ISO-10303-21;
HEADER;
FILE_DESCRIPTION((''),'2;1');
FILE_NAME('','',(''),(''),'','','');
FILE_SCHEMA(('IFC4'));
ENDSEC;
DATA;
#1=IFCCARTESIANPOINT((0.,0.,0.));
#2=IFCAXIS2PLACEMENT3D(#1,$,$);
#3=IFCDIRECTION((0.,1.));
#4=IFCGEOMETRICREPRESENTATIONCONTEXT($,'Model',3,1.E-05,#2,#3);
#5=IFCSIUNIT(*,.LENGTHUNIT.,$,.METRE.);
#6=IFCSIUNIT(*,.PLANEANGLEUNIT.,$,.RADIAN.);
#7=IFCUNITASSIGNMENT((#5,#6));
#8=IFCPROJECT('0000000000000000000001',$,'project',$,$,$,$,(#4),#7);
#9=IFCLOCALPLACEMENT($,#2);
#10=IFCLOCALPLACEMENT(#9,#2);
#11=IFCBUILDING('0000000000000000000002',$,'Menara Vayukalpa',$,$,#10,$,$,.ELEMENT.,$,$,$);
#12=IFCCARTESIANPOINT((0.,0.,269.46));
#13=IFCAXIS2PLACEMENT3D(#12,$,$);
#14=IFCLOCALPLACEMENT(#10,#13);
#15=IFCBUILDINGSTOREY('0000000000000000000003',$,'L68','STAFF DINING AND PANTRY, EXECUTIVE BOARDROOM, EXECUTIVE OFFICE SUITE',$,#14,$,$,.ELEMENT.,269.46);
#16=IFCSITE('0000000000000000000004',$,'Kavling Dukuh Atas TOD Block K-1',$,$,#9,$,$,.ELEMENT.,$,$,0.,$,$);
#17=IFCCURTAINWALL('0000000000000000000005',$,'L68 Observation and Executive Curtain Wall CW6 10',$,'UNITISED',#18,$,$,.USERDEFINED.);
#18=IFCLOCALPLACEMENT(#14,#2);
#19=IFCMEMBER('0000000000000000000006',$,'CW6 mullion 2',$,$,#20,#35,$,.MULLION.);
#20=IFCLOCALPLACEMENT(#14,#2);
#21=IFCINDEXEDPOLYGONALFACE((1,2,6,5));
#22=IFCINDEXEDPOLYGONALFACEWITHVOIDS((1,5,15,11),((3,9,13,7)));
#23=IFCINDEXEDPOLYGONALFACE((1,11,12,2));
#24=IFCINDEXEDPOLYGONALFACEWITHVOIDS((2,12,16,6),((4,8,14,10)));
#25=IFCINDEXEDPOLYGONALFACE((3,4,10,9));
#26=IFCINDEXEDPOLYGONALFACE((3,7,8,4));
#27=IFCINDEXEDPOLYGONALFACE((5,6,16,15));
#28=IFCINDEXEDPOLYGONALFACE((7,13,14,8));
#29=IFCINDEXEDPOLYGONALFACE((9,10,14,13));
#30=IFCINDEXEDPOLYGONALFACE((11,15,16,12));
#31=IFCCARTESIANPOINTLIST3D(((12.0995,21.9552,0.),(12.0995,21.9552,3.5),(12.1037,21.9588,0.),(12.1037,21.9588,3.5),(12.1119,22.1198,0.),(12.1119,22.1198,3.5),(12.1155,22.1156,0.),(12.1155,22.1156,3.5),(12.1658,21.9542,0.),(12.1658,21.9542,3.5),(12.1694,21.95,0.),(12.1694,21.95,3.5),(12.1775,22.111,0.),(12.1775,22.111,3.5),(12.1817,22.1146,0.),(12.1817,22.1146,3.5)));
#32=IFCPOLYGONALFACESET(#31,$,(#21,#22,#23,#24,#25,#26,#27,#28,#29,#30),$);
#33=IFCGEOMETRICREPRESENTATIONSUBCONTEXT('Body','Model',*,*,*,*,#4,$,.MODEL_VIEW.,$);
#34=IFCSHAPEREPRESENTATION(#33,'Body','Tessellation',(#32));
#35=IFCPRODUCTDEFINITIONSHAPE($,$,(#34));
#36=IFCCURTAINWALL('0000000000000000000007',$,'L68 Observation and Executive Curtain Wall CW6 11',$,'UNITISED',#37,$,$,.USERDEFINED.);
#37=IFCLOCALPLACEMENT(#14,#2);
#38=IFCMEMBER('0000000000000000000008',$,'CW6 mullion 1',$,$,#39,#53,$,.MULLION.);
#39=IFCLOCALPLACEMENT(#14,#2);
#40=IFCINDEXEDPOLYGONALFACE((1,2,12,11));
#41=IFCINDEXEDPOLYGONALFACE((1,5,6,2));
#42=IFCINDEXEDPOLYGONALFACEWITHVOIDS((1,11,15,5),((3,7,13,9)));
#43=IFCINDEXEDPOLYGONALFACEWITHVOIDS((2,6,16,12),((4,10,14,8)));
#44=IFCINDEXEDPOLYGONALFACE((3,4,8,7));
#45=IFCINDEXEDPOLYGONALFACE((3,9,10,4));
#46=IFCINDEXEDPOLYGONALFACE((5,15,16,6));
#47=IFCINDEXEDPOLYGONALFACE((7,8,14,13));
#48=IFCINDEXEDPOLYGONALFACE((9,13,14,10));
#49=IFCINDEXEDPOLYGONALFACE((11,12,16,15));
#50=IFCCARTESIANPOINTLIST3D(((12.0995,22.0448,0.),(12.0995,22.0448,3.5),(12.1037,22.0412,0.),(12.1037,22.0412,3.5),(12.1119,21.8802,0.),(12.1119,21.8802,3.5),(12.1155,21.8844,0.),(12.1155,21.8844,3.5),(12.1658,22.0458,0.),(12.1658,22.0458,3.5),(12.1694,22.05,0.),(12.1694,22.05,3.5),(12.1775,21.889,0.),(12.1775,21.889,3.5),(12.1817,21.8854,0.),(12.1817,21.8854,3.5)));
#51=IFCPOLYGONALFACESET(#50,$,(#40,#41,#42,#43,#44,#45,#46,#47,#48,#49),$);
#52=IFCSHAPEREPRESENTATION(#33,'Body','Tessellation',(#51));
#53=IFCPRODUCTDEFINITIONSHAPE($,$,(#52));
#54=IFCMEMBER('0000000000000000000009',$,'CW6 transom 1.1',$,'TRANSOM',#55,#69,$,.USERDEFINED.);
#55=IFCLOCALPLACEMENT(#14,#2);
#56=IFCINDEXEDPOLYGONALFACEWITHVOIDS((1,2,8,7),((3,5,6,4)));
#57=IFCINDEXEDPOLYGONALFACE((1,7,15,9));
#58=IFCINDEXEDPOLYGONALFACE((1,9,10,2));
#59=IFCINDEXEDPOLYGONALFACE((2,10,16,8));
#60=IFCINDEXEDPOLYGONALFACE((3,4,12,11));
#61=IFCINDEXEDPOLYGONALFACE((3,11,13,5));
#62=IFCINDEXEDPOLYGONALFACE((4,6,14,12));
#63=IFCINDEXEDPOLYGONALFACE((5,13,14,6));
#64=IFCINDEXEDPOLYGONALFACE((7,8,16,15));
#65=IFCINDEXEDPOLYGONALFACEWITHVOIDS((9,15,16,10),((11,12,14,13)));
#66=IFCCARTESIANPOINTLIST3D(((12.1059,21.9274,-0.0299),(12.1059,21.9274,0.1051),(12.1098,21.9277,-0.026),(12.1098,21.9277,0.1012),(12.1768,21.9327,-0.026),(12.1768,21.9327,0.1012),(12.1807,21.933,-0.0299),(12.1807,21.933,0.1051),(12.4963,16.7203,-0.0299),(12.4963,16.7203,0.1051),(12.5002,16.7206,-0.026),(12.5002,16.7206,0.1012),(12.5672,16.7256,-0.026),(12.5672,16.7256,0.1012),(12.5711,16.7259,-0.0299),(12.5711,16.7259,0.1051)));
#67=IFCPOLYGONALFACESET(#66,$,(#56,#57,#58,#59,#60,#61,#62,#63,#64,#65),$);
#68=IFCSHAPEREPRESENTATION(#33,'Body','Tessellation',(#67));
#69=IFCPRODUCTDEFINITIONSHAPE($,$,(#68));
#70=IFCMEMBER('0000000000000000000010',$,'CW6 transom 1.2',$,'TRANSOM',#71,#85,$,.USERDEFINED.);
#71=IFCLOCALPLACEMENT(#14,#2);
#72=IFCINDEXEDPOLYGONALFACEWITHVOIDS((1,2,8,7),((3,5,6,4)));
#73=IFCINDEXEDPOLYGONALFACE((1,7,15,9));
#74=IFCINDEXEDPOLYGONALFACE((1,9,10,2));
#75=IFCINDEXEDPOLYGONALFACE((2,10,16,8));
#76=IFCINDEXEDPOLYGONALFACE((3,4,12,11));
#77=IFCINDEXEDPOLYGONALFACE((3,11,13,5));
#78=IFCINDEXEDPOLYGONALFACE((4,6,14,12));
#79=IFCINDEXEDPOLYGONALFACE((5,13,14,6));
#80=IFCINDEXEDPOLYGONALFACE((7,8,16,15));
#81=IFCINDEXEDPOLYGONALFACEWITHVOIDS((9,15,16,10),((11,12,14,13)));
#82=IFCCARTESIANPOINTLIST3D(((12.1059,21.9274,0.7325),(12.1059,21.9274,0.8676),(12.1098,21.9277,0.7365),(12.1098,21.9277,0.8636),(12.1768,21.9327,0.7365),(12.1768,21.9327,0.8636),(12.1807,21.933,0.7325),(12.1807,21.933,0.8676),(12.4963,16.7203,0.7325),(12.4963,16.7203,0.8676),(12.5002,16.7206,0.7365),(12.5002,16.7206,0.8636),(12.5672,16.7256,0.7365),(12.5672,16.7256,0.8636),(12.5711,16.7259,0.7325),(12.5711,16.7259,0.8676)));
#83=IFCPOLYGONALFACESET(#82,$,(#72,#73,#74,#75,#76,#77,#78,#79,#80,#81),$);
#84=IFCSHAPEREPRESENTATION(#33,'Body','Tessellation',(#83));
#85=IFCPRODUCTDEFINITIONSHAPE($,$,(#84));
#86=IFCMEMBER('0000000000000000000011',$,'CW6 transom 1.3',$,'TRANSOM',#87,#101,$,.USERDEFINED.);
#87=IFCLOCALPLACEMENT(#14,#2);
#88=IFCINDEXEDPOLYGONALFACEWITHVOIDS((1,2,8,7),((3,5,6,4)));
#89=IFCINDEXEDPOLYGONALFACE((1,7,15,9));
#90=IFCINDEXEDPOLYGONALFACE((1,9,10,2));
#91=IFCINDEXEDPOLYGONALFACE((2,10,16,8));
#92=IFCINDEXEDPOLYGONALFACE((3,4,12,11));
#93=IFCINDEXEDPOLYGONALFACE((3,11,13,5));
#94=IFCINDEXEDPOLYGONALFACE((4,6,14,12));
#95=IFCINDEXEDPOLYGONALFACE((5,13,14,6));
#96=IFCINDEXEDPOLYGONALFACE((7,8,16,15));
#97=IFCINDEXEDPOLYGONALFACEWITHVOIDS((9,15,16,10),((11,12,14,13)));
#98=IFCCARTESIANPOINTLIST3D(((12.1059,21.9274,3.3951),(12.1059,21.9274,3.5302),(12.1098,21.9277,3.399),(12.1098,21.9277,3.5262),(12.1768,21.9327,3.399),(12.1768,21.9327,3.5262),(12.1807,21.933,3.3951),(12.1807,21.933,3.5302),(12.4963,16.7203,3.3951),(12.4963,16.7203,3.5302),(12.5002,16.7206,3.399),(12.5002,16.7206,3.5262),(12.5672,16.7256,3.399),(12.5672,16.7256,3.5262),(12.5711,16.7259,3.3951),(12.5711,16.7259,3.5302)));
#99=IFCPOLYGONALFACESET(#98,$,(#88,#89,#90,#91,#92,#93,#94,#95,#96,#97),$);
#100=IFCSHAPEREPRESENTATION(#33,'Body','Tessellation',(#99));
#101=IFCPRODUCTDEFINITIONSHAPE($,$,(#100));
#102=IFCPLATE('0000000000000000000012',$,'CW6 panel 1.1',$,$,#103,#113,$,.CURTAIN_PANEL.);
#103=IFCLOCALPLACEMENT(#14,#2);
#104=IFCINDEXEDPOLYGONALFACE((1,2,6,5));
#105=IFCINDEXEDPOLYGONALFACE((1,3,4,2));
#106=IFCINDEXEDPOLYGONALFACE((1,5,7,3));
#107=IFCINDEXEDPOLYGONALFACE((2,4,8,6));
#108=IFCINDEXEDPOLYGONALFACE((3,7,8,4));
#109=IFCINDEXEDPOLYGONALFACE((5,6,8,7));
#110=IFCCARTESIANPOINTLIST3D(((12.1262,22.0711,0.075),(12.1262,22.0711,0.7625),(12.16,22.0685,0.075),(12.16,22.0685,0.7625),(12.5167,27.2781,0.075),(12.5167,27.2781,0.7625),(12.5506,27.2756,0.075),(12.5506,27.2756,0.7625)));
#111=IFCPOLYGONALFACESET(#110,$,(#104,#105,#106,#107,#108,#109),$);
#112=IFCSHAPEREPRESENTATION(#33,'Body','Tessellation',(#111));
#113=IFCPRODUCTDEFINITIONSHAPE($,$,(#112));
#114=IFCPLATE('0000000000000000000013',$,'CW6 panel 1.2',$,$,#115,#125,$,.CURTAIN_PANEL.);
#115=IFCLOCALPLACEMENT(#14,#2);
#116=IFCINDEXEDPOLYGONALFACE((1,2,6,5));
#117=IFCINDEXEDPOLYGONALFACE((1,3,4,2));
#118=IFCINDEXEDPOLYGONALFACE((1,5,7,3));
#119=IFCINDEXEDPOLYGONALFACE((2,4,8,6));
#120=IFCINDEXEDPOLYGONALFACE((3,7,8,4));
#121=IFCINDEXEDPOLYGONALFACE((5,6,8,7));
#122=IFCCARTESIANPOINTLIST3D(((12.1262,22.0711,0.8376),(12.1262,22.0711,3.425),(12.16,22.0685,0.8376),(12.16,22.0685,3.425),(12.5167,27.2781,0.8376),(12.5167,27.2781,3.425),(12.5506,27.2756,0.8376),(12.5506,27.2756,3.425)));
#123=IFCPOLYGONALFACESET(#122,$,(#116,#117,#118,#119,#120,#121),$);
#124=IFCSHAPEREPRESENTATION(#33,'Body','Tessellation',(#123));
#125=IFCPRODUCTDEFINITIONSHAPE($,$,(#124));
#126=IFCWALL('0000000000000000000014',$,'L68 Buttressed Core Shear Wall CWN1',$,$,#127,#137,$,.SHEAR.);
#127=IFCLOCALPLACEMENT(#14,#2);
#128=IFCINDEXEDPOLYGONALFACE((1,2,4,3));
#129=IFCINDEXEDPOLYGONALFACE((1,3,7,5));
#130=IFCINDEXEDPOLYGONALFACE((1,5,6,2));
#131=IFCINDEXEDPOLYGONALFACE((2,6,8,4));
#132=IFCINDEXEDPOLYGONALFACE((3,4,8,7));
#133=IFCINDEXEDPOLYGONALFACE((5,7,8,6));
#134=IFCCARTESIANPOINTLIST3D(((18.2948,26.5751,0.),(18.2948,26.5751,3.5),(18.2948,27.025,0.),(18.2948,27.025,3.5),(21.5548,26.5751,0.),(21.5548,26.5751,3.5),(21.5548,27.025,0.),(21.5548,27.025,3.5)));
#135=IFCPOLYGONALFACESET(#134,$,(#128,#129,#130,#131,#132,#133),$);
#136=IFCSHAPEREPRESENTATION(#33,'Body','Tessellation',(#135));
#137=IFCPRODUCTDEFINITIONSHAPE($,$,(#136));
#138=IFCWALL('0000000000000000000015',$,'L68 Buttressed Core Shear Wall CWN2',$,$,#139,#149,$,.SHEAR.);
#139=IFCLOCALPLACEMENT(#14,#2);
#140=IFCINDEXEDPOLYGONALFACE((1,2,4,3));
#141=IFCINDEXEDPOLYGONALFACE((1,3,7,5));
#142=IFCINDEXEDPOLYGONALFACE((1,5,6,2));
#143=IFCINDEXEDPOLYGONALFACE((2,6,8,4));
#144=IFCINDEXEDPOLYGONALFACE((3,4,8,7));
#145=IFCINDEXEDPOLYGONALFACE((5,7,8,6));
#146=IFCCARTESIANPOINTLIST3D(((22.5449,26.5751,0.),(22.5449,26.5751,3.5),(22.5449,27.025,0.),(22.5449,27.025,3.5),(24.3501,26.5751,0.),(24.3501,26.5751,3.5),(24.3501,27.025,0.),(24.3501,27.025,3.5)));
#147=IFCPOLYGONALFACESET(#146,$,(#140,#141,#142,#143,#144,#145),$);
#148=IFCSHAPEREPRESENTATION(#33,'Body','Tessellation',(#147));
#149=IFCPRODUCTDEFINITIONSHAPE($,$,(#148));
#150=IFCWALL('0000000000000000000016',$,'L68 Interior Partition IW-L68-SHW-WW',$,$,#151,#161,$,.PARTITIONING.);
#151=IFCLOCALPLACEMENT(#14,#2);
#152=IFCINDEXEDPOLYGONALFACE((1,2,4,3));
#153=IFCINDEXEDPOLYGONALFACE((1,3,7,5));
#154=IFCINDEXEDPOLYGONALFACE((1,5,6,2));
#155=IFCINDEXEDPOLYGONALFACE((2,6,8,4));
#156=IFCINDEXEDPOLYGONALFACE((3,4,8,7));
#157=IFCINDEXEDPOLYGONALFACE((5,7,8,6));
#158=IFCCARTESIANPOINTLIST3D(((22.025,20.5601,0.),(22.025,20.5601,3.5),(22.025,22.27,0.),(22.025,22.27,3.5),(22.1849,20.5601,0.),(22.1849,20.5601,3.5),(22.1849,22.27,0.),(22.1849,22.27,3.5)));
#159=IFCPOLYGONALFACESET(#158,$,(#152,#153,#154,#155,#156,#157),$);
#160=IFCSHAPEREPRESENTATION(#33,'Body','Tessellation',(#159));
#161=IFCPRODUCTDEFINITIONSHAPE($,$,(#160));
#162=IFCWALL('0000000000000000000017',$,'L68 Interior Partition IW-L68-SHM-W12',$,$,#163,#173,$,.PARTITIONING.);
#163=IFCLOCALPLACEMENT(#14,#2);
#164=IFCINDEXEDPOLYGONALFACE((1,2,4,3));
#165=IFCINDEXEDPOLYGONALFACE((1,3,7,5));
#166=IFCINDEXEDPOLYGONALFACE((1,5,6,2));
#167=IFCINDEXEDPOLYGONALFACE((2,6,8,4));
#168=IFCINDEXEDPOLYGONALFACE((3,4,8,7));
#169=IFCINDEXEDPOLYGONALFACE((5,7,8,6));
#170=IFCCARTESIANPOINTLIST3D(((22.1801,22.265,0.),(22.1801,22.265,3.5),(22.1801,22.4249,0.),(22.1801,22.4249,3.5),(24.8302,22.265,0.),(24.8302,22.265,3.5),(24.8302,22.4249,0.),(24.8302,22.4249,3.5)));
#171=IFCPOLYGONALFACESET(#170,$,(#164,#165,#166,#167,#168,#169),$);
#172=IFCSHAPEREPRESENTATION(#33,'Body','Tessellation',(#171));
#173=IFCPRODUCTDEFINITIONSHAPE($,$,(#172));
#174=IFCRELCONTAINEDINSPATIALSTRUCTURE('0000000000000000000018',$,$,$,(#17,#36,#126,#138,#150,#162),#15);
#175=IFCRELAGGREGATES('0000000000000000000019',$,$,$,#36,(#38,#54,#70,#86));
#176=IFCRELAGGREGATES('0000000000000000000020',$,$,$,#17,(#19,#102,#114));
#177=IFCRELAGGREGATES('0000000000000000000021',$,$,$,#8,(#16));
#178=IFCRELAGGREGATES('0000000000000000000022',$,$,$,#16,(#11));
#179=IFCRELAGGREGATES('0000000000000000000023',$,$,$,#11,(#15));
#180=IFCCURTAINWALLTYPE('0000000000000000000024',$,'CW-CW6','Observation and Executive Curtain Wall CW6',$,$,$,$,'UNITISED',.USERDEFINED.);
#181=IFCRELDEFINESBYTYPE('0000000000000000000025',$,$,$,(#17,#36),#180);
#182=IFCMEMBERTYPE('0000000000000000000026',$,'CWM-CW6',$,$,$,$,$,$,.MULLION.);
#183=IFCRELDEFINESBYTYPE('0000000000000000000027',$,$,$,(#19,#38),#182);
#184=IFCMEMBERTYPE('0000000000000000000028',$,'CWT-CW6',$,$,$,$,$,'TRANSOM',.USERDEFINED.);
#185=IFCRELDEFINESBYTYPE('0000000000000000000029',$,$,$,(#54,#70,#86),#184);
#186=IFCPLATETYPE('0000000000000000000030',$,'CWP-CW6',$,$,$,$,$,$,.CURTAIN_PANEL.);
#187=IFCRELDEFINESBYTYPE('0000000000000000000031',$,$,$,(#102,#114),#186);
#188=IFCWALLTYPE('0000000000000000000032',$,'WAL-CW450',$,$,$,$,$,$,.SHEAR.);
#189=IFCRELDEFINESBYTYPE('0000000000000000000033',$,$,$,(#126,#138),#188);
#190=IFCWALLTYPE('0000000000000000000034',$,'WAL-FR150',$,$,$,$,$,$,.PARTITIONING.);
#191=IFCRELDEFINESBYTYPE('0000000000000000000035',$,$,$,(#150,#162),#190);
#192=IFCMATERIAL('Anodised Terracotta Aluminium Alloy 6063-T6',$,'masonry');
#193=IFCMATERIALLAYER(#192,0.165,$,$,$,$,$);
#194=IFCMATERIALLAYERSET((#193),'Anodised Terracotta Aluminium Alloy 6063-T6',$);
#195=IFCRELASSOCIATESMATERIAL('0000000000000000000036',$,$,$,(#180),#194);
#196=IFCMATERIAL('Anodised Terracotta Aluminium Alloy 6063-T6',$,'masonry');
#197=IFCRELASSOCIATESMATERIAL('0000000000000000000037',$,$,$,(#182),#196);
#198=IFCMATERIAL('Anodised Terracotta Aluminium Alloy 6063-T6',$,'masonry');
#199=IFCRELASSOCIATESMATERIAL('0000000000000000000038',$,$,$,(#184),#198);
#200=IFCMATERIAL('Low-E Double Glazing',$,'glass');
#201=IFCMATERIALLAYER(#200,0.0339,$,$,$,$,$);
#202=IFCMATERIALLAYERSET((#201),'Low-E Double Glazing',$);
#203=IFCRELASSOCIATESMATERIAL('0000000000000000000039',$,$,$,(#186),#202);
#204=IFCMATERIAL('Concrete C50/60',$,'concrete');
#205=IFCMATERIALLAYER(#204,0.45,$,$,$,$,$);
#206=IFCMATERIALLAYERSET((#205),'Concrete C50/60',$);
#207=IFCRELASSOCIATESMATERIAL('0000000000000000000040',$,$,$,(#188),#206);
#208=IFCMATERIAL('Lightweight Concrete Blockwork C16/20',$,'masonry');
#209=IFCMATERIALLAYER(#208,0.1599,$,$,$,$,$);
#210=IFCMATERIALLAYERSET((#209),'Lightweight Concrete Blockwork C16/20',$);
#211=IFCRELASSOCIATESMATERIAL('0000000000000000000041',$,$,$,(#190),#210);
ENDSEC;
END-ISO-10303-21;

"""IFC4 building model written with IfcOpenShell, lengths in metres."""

from ifc_helpers import new_model, si_unit, direction, frame, frame_2d, origin, origin_2d, place, context, subcontext, project, spatial, rectangle, hollow_rectangle, extrude, material, layer, layer_set, material_profile, profile_set, type_object, element, aggregate, save


model = new_model("IFC4")

# Units and contexts
model_context = context("Model", 3, precision=1e-05, world=origin(), true_north=direction((0.0, 1.0)))
body_context = subcontext(model_context, "Body", "Model", "MODEL_VIEW")
ifc_project = project(units=[si_unit("LENGTHUNIT", "METRE"), si_unit("PLANEANGLEUNIT", "RADIAN")], contexts=[model_context])

# Site, building, storey
site_placement = place(None, origin())
site = spatial("IfcSite", under=ifc_project, at=site_placement, Name="Kavling Dukuh Atas TOD Block K-1", CompositionType="ELEMENT", RefElevation=0.0)
building_placement = place(site_placement, origin())
building = spatial("IfcBuilding", under=site, at=building_placement, Name="Menara Vayukalpa", CompositionType="ELEMENT")
storey_placement = place(building_placement, frame((0.0, 0.0, 269.46)))
storey = spatial("IfcBuildingStorey", under=building, at=storey_placement, Name="L68", Description="STAFF DINING AND PANTRY, EXECUTIVE BOARDROOM, EXECUTIVE OFFICE SUITE", CompositionType="ELEMENT", Elevation=269.46)

# Curtain wall, member
ifc_material_1 = material(Name="Anodised Terracotta Aluminium Alloy 6063-T6", Category="masonry")
ifc_layer_1 = layer(ifc_material_1, 0.165)
ifc_layer_set_1 = layer_set([ifc_layer_1], Name="Anodised Terracotta Aluminium Alloy 6063-T6")
curtain_wall_type = type_object("IfcCurtainWallType", Name="CW-CW6", Description="Observation and Executive Curtain Wall CW6", ElementType="UNITISED", PredefinedType="USERDEFINED", material=ifc_layer_set_1)
curtain_wall_1_placement = place(storey_placement, origin())
curtain_wall_1 = element("IfcCurtainWall", 1, at=curtain_wall_1_placement, inside=storey, type_object=curtain_wall_type, Name="L68 Observation and Executive Curtain Wall CW6 10", ObjectType="UNITISED", PredefinedType="USERDEFINED")
ifc_material_2 = material(Name="Anodised Terracotta Aluminium Alloy 6063-T6", Category="masonry")
ifc_material_profile_1 = material_profile(ifc_material_2, hollow_rectangle(XDim=0.0701, YDim=0.165, WallThickness=0.0039, at=origin_2d()), Name="ALU 70x165x4")
ifc_profile_set_1 = profile_set([ifc_material_profile_1], Name="Anodised Terracotta Aluminium Alloy 6063-T6")
member_type_1 = type_object("IfcMemberType", Name="CWM-CW6", PredefinedType="MULLION", material=ifc_profile_set_1)
member_1_placement = place(storey_placement, frame((12.1406, 22.0349, 0.0), z_axis=(0.0, 0.0, 1.0), x_axis=(0.997199, -0.074789, 0.0)))
member_1 = element("IfcMember", 2, at=member_1_placement, type_object=member_type_1, Name="CW6 mullion 2", PredefinedType="MULLION", context=body_context, shape_type="SweptSolid", body=[
    extrude(hollow_rectangle(XDim=0.0701, YDim=0.165, WallThickness=0.0039, at=origin_2d()), origin(), (0.0, 0.0, 1.0), 3.5),
])

# Curtain wall, members
curtain_wall_2_placement = place(storey_placement, origin())
curtain_wall_2 = element("IfcCurtainWall", 3, at=curtain_wall_2_placement, inside=storey, type_object=curtain_wall_type, Name="L68 Observation and Executive Curtain Wall CW6 11", ObjectType="UNITISED", PredefinedType="USERDEFINED")
member_2_placement = place(storey_placement, frame((12.1406, 21.9651, 0.0), z_axis=(0.0, 0.0, 1.0), x_axis=(0.997199, 0.074789, 0.0)))
member_2 = element("IfcMember", 4, at=member_2_placement, type_object=member_type_1, Name="CW6 mullion 1", PredefinedType="MULLION", context=body_context, shape_type="SweptSolid", body=[
    extrude(hollow_rectangle(XDim=0.0701, YDim=0.165, WallThickness=0.0039, at=origin_2d()), origin(), (0.0, 0.0, 1.0), 3.5),
])
ifc_material_3 = material(Name="Anodised Terracotta Aluminium Alloy 6063-T6", Category="masonry")
ifc_material_profile_2 = material_profile(ifc_material_3, hollow_rectangle(XDim=0.075, YDim=0.135, WallThickness=0.0039, at=origin_2d()), Name="ALU 75x135x4")
ifc_profile_set_2 = profile_set([ifc_material_profile_2], Name="Anodised Terracotta Aluminium Alloy 6063-T6")
member_type_2 = type_object("IfcMemberType", Name="CWT-CW6", ElementType="TRANSOM", PredefinedType="USERDEFINED", material=ifc_profile_set_2)
member_3_placement = place(storey_placement, frame((12.1433, 21.9302, 0.0376), z_axis=(0.074762, -0.997201, 0.0), x_axis=(0.997201, 0.074762, 0.0)))
member_3 = element("IfcMember", 5, at=member_3_placement, type_object=member_type_2, Name="CW6 transom 1.1", ObjectType="TRANSOM", PredefinedType="USERDEFINED", context=body_context, shape_type="SweptSolid", body=[
    extrude(hollow_rectangle(XDim=0.075, YDim=0.135, WallThickness=0.0039, at=origin_2d()), origin(), (0.0, 0.0, 1.0), 5.2217),
])
member_4_placement = place(storey_placement, frame((12.1433, 21.9302, 0.8), z_axis=(0.074762, -0.997201, 0.0), x_axis=(0.997201, 0.074762, 0.0)))
member_4 = element("IfcMember", 6, at=member_4_placement, type_object=member_type_2, Name="CW6 transom 1.2", ObjectType="TRANSOM", PredefinedType="USERDEFINED", context=body_context, shape_type="SweptSolid", body=[
    extrude(hollow_rectangle(XDim=0.075, YDim=0.135, WallThickness=0.0039, at=origin_2d()), origin(), (0.0, 0.0, 1.0), 5.2217),
])
member_5_placement = place(storey_placement, frame((12.1433, 21.9302, 3.4626), z_axis=(0.074762, -0.997201, 0.0), x_axis=(0.997201, 0.074762, 0.0)))
member_5 = element("IfcMember", 7, at=member_5_placement, type_object=member_type_2, Name="CW6 transom 1.3", ObjectType="TRANSOM", PredefinedType="USERDEFINED", context=body_context, shape_type="SweptSolid", body=[
    extrude(hollow_rectangle(XDim=0.075, YDim=0.135, WallThickness=0.0039, at=origin_2d()), origin(), (0.0, 0.0, 1.0), 5.2217),
])
aggregate(curtain_wall_2, [member_2, member_3, member_4, member_5])

# Plates
ifc_material_4 = material(Name="Low-E Double Glazing", Category="glass")
ifc_layer_2 = layer(ifc_material_4, 0.0339)
ifc_layer_set_2 = layer_set([ifc_layer_2], Name="Low-E Double Glazing")
plate_type = type_object("IfcPlateType", Name="CWP-CW6", PredefinedType="CURTAIN_PANEL", material=ifc_layer_set_2)
plate_1_placement = place(storey_placement, frame((12.3384, 24.6733, 0.075), z_axis=(0.0, 0.0, 1.0), x_axis=(-0.074789, -0.997199, 0.0)))
plate_1 = element("IfcPlate", 8, at=plate_1_placement, type_object=plate_type, Name="CW6 panel 1.1", PredefinedType="CURTAIN_PANEL", context=body_context, shape_type="SweptSolid", body=[
    extrude(rectangle(XDim=5.2217, YDim=0.0339, at=origin_2d()), origin(), (0.0, 0.0, 1.0), 0.6875),
])
plate_2_placement = place(storey_placement, frame((12.3384, 24.6733, 0.8376), z_axis=(0.0, 0.0, 1.0), x_axis=(-0.074789, -0.997199, 0.0)))
plate_2 = element("IfcPlate", 9, at=plate_2_placement, type_object=plate_type, Name="CW6 panel 1.2", PredefinedType="CURTAIN_PANEL", context=body_context, shape_type="SweptSolid", body=[
    extrude(rectangle(XDim=5.2217, YDim=0.0339, at=origin_2d()), origin(), (0.0, 0.0, 1.0), 2.5874),
])
aggregate(curtain_wall_1, [member_1, plate_1, plate_2])

# Walls
ifc_material_5 = material(Name="Concrete C50/60", Category="concrete")
ifc_layer_3 = layer(ifc_material_5, 0.45)
ifc_layer_set_3 = layer_set([ifc_layer_3], Name="Concrete C50/60")
wall_type_1 = type_object("IfcWallType", Name="WAL-CW450", PredefinedType="SHEAR", material=ifc_layer_set_3)
wall_1_placement = place(storey_placement, frame((18.2949, 26.8, 0.0), z_axis=(0.0, 0.0, 1.0), x_axis=(1.0, 0.0, 0.0)))
element("IfcWall", 10, at=wall_1_placement, inside=storey, type_object=wall_type_1, Name="L68 Buttressed Core Shear Wall CWN1", PredefinedType="SHEAR", context=body_context, shape_type="SweptSolid", body=[
    extrude(rectangle(XDim=3.26, YDim=0.45, at=frame_2d((1.6299, 0.0))), origin(), (0.0, 0.0, 1.0), 3.5),
])
wall_2_placement = place(storey_placement, frame((22.5449, 26.8, 0.0), z_axis=(0.0, 0.0, 1.0), x_axis=(1.0, 0.0, 0.0)))
element("IfcWall", 11, at=wall_2_placement, inside=storey, type_object=wall_type_1, Name="L68 Buttressed Core Shear Wall CWN2", PredefinedType="SHEAR", context=body_context, shape_type="SweptSolid", body=[
    extrude(rectangle(XDim=1.8052, YDim=0.45, at=frame_2d((0.9026, 0.0))), origin(), (0.0, 0.0, 1.0), 3.5),
])
ifc_material_6 = material(Name="Lightweight Concrete Blockwork C16/20", Category="masonry")
ifc_layer_4 = layer(ifc_material_6, 0.1599)
ifc_layer_set_4 = layer_set([ifc_layer_4], Name="Lightweight Concrete Blockwork C16/20")
wall_type_2 = type_object("IfcWallType", Name="WAL-FR150", PredefinedType="PARTITIONING", material=ifc_layer_set_4)
wall_3_placement = place(storey_placement, frame((22.105, 20.5601, 0.0), z_axis=(0.0, 0.0, 1.0), x_axis=(0.0, 1.0, 0.0)))
element("IfcWall", 12, at=wall_3_placement, inside=storey, type_object=wall_type_2, Name="L68 Interior Partition IW-L68-SHW-WW", PredefinedType="PARTITIONING", context=body_context, shape_type="SweptSolid", body=[
    extrude(rectangle(XDim=1.71, YDim=0.1599, at=frame_2d((0.855, 0.0))), origin(), (0.0, 0.0, 1.0), 3.5),
])
wall_4_placement = place(storey_placement, frame((22.1799, 22.345, 0.0), z_axis=(0.0, 0.0, 1.0), x_axis=(1.0, 0.0, 0.0)))
element("IfcWall", 13, at=wall_4_placement, inside=storey, type_object=wall_type_2, Name="L68 Interior Partition IW-L68-SHM-W12", PredefinedType="PARTITIONING", context=body_context, shape_type="SweptSolid", body=[
    extrude(rectangle(XDim=2.6501, YDim=0.1599, at=frame_2d((1.3252, 0.0))), origin(), (0.0, 0.0, 1.0), 3.5),
])

save(model, "model.ifc")
